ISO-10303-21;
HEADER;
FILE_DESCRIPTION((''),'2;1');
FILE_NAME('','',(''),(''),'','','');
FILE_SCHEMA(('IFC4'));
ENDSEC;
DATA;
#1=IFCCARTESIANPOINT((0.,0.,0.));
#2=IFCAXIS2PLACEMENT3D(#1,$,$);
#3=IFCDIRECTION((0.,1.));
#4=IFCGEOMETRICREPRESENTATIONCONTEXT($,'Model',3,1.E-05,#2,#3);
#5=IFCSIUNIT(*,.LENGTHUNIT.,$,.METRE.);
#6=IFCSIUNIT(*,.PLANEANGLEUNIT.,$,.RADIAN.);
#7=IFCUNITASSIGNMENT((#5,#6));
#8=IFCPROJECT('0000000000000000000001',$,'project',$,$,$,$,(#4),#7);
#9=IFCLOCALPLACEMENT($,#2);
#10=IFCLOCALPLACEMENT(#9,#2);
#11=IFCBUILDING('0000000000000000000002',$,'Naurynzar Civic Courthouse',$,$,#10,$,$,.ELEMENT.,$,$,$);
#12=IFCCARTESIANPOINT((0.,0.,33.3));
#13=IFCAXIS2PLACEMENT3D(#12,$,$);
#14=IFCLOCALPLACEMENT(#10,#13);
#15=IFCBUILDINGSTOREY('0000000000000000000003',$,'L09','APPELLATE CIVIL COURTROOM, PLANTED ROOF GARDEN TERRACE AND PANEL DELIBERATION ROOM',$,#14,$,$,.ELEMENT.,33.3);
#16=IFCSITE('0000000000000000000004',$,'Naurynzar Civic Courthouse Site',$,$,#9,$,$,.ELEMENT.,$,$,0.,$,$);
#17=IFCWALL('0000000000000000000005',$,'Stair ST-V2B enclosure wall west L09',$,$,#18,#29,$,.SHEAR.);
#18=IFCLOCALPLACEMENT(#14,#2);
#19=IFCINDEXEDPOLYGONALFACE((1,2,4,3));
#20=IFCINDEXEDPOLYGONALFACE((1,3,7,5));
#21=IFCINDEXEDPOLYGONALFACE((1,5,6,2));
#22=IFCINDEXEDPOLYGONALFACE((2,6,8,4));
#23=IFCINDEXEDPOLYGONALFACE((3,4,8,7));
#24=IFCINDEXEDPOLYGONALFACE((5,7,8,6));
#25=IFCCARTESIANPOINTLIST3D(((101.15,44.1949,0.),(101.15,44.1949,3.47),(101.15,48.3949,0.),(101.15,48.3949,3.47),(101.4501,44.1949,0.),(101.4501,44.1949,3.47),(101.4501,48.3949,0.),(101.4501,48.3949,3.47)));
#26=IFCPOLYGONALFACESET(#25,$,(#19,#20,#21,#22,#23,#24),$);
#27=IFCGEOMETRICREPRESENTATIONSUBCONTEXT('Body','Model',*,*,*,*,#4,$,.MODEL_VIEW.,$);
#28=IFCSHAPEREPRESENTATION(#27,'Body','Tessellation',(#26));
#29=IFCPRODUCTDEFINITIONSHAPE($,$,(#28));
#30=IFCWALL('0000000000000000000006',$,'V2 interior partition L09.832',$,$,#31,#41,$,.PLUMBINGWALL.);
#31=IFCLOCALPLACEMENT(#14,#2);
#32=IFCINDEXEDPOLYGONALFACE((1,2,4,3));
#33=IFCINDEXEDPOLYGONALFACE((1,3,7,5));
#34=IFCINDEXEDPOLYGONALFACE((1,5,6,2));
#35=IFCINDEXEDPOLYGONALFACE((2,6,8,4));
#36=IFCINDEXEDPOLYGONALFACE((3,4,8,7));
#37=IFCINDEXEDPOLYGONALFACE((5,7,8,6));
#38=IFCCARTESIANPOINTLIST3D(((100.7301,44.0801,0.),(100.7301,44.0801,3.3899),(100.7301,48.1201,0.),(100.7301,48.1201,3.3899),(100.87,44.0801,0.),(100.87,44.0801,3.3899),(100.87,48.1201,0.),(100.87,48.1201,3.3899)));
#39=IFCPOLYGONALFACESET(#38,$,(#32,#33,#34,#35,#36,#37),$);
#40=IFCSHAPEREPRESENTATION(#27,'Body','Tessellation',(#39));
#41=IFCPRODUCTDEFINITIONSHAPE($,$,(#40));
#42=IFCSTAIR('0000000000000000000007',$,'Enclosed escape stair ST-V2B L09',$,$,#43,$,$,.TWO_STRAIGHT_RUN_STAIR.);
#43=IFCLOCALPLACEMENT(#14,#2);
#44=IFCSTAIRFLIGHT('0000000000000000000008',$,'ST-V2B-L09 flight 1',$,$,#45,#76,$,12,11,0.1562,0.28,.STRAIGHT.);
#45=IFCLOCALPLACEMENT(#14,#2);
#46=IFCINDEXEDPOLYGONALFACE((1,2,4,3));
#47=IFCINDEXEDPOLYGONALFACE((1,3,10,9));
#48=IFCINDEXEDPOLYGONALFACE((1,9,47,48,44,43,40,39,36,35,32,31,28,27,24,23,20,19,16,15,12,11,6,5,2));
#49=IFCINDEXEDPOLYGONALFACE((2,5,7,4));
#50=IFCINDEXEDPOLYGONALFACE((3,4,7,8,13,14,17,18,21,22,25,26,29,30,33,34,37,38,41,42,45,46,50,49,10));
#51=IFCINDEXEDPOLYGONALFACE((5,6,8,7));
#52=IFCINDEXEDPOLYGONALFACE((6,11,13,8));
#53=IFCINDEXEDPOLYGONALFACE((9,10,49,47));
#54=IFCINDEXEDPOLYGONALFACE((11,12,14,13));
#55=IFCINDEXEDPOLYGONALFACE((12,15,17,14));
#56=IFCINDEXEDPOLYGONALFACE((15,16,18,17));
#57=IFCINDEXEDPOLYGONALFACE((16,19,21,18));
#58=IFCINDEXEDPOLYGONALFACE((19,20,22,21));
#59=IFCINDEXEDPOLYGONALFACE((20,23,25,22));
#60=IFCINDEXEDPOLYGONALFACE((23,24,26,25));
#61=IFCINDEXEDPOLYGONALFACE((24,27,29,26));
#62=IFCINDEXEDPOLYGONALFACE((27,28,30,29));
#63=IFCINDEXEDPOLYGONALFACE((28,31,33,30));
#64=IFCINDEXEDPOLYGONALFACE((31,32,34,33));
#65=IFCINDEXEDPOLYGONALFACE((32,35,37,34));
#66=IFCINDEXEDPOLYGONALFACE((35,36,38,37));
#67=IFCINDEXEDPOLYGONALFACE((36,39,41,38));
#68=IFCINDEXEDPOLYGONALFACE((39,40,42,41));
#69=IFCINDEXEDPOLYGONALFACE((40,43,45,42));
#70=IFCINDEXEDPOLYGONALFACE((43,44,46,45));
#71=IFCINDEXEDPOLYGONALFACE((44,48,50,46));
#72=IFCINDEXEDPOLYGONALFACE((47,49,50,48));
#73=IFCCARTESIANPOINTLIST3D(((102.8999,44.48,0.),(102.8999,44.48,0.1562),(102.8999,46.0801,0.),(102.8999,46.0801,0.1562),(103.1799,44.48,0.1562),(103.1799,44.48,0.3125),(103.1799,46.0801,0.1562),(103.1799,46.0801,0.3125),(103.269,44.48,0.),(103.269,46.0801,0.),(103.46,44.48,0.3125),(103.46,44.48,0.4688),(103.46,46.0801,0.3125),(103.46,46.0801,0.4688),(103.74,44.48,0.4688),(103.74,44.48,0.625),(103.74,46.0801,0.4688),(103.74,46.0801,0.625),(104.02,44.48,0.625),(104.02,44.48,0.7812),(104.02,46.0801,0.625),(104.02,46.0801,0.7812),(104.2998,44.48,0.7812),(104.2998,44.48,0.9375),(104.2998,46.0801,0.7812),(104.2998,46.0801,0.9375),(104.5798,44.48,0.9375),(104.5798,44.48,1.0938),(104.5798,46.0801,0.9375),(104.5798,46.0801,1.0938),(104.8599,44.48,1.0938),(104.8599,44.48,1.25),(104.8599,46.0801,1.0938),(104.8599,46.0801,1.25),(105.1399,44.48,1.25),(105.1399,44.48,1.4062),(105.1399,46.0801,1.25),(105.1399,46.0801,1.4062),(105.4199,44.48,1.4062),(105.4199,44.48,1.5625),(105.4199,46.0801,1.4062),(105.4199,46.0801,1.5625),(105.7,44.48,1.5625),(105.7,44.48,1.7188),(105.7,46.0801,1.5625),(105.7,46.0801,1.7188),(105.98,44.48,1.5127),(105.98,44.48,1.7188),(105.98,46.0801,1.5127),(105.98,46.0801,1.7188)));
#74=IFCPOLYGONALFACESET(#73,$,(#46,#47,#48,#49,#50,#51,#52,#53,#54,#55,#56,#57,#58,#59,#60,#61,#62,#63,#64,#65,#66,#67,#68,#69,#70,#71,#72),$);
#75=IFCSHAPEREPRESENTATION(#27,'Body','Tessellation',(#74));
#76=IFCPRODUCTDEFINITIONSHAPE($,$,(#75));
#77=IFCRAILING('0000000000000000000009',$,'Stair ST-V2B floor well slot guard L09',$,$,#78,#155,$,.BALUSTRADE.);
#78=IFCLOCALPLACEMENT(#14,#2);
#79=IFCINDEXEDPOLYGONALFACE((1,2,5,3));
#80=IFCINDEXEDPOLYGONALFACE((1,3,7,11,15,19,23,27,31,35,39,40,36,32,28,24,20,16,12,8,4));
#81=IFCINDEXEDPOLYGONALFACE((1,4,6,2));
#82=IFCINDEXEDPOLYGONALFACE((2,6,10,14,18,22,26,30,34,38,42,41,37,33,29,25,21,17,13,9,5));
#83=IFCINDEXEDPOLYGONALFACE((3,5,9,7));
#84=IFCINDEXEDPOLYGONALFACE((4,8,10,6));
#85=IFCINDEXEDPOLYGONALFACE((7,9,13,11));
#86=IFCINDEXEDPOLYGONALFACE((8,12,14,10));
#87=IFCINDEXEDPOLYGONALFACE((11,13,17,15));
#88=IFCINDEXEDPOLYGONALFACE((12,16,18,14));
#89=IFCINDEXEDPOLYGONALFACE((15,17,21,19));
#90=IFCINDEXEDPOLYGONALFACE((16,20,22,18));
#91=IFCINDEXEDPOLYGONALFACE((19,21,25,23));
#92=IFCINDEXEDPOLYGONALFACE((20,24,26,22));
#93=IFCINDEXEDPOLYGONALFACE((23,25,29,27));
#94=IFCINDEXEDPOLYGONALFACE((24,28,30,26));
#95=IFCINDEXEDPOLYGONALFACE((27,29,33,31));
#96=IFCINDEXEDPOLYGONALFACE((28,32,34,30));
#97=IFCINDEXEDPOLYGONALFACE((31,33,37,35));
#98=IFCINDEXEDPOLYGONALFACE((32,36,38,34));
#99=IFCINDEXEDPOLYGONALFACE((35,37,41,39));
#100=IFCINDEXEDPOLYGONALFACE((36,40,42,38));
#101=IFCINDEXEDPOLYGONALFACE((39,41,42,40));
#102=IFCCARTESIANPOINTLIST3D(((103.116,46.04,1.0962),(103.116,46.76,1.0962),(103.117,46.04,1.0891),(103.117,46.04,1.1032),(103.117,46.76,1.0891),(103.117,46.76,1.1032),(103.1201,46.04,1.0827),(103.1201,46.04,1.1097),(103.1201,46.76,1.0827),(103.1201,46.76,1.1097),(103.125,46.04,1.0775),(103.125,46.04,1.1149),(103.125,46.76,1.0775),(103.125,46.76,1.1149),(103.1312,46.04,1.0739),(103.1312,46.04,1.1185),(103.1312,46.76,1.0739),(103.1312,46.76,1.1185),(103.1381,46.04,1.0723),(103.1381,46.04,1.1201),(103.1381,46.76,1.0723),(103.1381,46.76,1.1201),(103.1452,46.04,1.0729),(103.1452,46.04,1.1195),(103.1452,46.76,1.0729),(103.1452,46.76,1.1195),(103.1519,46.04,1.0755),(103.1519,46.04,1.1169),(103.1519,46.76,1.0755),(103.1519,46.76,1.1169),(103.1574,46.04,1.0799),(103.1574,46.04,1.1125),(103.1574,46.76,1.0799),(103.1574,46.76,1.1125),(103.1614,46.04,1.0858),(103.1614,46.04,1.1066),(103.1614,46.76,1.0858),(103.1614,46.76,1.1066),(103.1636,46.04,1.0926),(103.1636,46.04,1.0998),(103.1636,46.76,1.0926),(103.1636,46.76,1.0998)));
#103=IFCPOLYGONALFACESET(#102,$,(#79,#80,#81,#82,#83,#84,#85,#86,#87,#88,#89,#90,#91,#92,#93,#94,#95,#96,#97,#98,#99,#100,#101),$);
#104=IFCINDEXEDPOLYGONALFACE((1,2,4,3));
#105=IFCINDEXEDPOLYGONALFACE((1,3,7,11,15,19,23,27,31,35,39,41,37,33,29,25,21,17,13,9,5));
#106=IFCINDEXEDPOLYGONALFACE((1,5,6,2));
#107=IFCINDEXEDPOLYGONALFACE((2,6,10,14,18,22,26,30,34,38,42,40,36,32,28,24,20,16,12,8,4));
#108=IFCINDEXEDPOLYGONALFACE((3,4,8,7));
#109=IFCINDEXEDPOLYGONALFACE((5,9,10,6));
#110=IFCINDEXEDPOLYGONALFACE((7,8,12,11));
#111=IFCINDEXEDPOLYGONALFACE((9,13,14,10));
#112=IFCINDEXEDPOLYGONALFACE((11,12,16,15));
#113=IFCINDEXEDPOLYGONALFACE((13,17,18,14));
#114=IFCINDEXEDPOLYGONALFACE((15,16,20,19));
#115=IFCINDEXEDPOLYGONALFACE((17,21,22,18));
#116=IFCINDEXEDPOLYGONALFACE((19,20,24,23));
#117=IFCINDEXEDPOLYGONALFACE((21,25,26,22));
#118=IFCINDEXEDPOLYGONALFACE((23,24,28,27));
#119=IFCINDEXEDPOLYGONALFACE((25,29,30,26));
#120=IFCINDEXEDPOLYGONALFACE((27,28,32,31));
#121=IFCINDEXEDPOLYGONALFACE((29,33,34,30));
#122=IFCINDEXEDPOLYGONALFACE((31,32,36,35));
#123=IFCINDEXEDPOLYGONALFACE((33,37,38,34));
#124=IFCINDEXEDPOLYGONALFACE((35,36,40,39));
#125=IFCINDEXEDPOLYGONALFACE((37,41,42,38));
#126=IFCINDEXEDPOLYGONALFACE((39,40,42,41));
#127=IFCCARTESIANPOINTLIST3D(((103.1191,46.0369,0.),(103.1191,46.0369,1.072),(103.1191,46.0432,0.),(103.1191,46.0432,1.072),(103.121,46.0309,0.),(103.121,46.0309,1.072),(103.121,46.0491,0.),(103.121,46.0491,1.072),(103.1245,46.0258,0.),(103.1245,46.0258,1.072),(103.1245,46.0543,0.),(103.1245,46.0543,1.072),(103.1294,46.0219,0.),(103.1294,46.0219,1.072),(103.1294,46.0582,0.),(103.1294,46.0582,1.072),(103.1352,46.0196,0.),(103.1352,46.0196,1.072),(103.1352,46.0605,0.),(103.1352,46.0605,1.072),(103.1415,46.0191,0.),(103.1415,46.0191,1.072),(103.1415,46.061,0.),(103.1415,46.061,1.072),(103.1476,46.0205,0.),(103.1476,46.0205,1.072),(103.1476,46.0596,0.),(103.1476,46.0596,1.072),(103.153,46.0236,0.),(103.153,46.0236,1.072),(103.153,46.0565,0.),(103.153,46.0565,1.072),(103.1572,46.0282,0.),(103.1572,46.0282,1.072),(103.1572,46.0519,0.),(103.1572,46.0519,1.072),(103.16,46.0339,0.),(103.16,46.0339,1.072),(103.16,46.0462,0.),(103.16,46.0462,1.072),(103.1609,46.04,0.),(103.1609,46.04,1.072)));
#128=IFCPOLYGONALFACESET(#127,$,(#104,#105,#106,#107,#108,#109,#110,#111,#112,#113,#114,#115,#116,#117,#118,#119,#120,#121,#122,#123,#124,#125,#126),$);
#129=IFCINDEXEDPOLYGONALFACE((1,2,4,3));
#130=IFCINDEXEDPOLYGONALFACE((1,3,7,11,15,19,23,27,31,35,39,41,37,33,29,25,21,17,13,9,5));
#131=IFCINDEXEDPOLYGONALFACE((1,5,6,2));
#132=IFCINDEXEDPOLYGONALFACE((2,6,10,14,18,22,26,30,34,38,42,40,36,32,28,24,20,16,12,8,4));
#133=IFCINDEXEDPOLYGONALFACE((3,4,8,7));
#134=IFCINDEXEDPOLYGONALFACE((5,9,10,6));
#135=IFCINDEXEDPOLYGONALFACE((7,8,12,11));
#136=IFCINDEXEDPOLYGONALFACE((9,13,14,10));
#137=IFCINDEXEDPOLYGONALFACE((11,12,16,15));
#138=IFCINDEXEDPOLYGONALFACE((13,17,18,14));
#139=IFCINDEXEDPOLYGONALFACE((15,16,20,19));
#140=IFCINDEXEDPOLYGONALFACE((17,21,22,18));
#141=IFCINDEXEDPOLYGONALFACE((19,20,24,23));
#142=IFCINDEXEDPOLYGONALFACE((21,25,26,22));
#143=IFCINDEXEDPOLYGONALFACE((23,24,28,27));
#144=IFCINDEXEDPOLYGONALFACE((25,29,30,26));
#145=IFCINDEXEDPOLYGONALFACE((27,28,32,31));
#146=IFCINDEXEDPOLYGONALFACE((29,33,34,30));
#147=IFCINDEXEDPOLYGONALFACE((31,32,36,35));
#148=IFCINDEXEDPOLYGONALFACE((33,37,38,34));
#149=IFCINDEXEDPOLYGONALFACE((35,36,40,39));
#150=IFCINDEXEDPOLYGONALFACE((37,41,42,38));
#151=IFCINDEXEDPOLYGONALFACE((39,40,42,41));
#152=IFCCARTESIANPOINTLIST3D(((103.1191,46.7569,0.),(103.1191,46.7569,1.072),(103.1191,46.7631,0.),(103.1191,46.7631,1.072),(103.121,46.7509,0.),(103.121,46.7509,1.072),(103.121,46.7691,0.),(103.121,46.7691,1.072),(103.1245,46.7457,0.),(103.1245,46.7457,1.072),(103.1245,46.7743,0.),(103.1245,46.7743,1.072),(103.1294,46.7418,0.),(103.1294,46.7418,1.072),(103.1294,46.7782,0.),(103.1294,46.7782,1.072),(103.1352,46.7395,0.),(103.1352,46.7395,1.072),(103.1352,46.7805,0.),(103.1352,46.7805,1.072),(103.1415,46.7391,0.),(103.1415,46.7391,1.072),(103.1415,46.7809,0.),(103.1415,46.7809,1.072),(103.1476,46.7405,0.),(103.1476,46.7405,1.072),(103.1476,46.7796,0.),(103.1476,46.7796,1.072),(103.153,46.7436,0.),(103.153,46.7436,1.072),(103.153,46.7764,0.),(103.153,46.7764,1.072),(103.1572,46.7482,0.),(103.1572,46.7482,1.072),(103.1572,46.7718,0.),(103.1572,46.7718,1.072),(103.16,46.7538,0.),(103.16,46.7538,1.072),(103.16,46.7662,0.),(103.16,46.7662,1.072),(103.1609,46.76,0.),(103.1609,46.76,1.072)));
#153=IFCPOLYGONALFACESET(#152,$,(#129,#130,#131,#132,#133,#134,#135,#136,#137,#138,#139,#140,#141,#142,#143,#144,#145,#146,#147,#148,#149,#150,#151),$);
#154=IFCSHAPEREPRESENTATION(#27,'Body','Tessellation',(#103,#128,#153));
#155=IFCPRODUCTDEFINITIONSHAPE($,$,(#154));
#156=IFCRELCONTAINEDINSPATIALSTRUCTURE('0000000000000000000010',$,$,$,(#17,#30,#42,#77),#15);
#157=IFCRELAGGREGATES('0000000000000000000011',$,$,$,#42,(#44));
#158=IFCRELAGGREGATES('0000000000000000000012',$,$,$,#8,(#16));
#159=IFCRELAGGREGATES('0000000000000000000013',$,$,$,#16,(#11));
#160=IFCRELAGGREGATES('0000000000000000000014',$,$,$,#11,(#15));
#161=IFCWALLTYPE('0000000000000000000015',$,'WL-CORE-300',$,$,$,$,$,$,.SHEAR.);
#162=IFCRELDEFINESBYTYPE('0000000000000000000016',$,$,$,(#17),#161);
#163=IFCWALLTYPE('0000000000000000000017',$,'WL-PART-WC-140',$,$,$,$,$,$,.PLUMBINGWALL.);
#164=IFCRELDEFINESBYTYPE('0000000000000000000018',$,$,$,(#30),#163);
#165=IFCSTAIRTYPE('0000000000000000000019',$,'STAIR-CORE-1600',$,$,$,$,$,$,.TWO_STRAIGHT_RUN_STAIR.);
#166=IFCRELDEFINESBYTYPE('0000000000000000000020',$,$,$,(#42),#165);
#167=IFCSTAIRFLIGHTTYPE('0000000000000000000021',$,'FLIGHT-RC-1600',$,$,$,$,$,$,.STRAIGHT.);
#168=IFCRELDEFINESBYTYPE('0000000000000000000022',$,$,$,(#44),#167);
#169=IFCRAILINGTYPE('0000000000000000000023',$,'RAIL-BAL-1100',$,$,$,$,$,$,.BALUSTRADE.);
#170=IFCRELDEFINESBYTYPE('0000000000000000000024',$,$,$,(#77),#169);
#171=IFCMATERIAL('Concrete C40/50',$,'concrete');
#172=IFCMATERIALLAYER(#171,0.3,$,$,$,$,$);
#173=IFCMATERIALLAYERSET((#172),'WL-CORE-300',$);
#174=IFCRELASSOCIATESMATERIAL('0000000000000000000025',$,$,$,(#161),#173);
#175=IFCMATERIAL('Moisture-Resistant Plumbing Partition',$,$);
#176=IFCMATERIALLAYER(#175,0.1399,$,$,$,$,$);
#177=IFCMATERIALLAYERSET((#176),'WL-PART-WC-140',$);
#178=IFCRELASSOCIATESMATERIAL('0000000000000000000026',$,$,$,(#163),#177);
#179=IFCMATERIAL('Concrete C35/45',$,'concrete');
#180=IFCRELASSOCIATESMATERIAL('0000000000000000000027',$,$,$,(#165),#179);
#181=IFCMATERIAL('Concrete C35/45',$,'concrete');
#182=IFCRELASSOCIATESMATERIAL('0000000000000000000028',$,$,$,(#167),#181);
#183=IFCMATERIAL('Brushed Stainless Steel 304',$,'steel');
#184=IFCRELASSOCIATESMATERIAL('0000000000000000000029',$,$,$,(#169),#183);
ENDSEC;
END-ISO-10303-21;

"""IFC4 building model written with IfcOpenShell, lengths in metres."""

from ifc_helpers import new_model, si_unit, direction, frame, frame_2d, origin, origin_2d, place, context, subcontext, project, spatial, polyline, rectangle, circle, outline, extrude, material, layer, layer_set, type_object, element, aggregate, save


model = new_model("IFC4")

# Units and contexts
model_context = context("Model", 3, precision=1e-05, world=origin(), true_north=direction((0.0, 1.0)))
body_context = subcontext(model_context, "Body", "Model", "MODEL_VIEW")
ifc_project = project(units=[si_unit("LENGTHUNIT", "METRE"), si_unit("PLANEANGLEUNIT", "RADIAN")], contexts=[model_context])

# Site, building, storey
site_placement = place(None, origin())
site = spatial("IfcSite", under=ifc_project, at=site_placement, Name="Naurynzar Civic Courthouse Site", CompositionType="ELEMENT", RefElevation=0.0)
building_placement = place(site_placement, origin())
building = spatial("IfcBuilding", under=site, at=building_placement, Name="Naurynzar Civic Courthouse", CompositionType="ELEMENT")
storey_placement = place(building_placement, frame((0.0, 0.0, 33.3)))
storey = spatial("IfcBuildingStorey", under=building, at=storey_placement, Name="L09", Description="APPELLATE CIVIL COURTROOM, PLANTED ROOF GARDEN TERRACE AND PANEL DELIBERATION ROOM", CompositionType="ELEMENT", Elevation=33.3)

# Walls
ifc_material_1 = material(Name="Concrete C40/50", Category="concrete")
ifc_layer_1 = layer(ifc_material_1, 0.3)
ifc_layer_set_1 = layer_set([ifc_layer_1], Name="WL-CORE-300")
wall_type_1 = type_object("IfcWallType", Name="WL-CORE-300", PredefinedType="SHEAR", material=ifc_layer_set_1)
wall_1_placement = place(storey_placement, frame((101.3, 48.395, 0.0), z_axis=(0.0, 0.0, 1.0), x_axis=(0.0, -1.0, 0.0)))
element("IfcWall", 1, at=wall_1_placement, inside=storey, type_object=wall_type_1, Name="Stair ST-V2B enclosure wall west L09", PredefinedType="SHEAR", context=body_context, shape_type="SweptSolid", body=[
    extrude(rectangle(XDim=4.2, YDim=0.3, at=frame_2d((2.1001, 0.0))), origin(), (0.0, 0.0, 1.0), 3.47),
])
ifc_material_2 = material(Name="Moisture-Resistant Plumbing Partition")
ifc_layer_2 = layer(ifc_material_2, 0.1399)
ifc_layer_set_2 = layer_set([ifc_layer_2], Name="WL-PART-WC-140")
wall_type_2 = type_object("IfcWallType", Name="WL-PART-WC-140", PredefinedType="PLUMBINGWALL", material=ifc_layer_set_2)
wall_2_placement = place(storey_placement, frame((100.8, 44.0801, 0.0), z_axis=(0.0, 0.0, 1.0), x_axis=(0.0, 1.0, 0.0)))
element("IfcWall", 2, at=wall_2_placement, inside=storey, type_object=wall_type_2, Name="V2 interior partition L09.832", PredefinedType="PLUMBINGWALL", context=body_context, shape_type="SweptSolid", body=[
    extrude(rectangle(XDim=4.04, YDim=0.1399, at=frame_2d((2.02, 0.0))), origin(), (0.0, 0.0, 1.0), 3.3899),
])

# Stair, stair flight
ifc_material_3 = material(Name="Concrete C35/45", Category="concrete")
stair_type = type_object("IfcStairType", Name="STAIR-CORE-1600", PredefinedType="TWO_STRAIGHT_RUN_STAIR", material=ifc_material_3)
stair_placement = place(storey_placement, origin())
stair = element("IfcStair", 3, at=stair_placement, inside=storey, type_object=stair_type, Name="Enclosed escape stair ST-V2B L09", PredefinedType="TWO_STRAIGHT_RUN_STAIR")
ifc_material_4 = material(Name="Concrete C35/45", Category="concrete")
stair_flight_type = type_object("IfcStairFlightType", Name="FLIGHT-RC-1600", PredefinedType="STRAIGHT", material=ifc_material_4)
stair_flight_placement = place(storey_placement, frame((102.8999, 45.28, 0.0), z_axis=(0.0, 0.0, 1.0), x_axis=(1.0, 0.0, 0.0)))
stair_flight = element("IfcStairFlight", 4, at=stair_flight_placement, type_object=stair_flight_type, Name="ST-V2B-L09 flight 1", NumberOfRisers=12, NumberOfTreads=11, PredefinedType="STRAIGHT", RiserHeight=0.1562, TreadLength=0.28, context=body_context, shape_type="SweptSolid", body=[
    extrude(outline(polyline([(0.0, 0.0), (0.0, 0.1562), (0.28, 0.1562), (0.28, 0.3125), (0.5601, 0.3125), (0.5601, 0.4688), (0.8401, 0.4688), (0.8401, 0.625), (1.1201, 0.625), (1.1201, 0.7812), (1.3999, 0.7812), (1.3999, 0.9375), (1.6799, 0.9375), (1.6799, 1.0938), (1.96, 1.0938), (1.96, 1.25), (2.24, 1.25), (2.24, 1.4062), (2.52, 1.4062), (2.52, 1.5625), (2.8, 1.5625), (2.8, 1.7188), (3.0801, 1.7188), (3.0801, 1.875), (3.0801, 1.5127), (0.3691, 0.0), (0.0, 0.0)])), frame((0.0, 0.8, 0.0), z_axis=(0.0, -1.0, 0.0), x_axis=(1.0, 0.0, 0.0)), (0.0, 0.0, 1.0), 1.6001),
])
aggregate(stair, [stair_flight])

# Railing
ifc_material_5 = material(Name="Brushed Stainless Steel 304", Category="steel")
railing_type_1 = type_object("IfcRailingType", Name="RAIL-BAL-1100", PredefinedType="BALUSTRADE", material=ifc_material_5)
railing_1_placement = place(storey_placement, frame((103.1399, 46.04, 0.0)))
element("IfcRailing", 5, at=railing_1_placement, inside=storey, type_object=railing_type_1, Name="Stair ST-V2B floor well slot guard L09", PredefinedType="BALUSTRADE", context=body_context, shape_type="SweptSolid", body=[
    extrude(circle(Radius=0.0239, at=origin_2d()), frame((0.0, 0.0, 1.0962), z_axis=(0.0, 1.0, 0.0), x_axis=(-1.0, 0.0, 0.0)), (0.0, 0.0, 1.0), 0.72),
    extrude(circle(Radius=0.021, at=origin_2d()), origin(), (0.0, 0.0, 1.0), 1.072),
    extrude(circle(Radius=0.021, at=origin_2d()), frame((0.0, 0.72, 0.0)), (0.0, 0.0, 1.0), 1.072),
])

save(model, "model.ifc")
